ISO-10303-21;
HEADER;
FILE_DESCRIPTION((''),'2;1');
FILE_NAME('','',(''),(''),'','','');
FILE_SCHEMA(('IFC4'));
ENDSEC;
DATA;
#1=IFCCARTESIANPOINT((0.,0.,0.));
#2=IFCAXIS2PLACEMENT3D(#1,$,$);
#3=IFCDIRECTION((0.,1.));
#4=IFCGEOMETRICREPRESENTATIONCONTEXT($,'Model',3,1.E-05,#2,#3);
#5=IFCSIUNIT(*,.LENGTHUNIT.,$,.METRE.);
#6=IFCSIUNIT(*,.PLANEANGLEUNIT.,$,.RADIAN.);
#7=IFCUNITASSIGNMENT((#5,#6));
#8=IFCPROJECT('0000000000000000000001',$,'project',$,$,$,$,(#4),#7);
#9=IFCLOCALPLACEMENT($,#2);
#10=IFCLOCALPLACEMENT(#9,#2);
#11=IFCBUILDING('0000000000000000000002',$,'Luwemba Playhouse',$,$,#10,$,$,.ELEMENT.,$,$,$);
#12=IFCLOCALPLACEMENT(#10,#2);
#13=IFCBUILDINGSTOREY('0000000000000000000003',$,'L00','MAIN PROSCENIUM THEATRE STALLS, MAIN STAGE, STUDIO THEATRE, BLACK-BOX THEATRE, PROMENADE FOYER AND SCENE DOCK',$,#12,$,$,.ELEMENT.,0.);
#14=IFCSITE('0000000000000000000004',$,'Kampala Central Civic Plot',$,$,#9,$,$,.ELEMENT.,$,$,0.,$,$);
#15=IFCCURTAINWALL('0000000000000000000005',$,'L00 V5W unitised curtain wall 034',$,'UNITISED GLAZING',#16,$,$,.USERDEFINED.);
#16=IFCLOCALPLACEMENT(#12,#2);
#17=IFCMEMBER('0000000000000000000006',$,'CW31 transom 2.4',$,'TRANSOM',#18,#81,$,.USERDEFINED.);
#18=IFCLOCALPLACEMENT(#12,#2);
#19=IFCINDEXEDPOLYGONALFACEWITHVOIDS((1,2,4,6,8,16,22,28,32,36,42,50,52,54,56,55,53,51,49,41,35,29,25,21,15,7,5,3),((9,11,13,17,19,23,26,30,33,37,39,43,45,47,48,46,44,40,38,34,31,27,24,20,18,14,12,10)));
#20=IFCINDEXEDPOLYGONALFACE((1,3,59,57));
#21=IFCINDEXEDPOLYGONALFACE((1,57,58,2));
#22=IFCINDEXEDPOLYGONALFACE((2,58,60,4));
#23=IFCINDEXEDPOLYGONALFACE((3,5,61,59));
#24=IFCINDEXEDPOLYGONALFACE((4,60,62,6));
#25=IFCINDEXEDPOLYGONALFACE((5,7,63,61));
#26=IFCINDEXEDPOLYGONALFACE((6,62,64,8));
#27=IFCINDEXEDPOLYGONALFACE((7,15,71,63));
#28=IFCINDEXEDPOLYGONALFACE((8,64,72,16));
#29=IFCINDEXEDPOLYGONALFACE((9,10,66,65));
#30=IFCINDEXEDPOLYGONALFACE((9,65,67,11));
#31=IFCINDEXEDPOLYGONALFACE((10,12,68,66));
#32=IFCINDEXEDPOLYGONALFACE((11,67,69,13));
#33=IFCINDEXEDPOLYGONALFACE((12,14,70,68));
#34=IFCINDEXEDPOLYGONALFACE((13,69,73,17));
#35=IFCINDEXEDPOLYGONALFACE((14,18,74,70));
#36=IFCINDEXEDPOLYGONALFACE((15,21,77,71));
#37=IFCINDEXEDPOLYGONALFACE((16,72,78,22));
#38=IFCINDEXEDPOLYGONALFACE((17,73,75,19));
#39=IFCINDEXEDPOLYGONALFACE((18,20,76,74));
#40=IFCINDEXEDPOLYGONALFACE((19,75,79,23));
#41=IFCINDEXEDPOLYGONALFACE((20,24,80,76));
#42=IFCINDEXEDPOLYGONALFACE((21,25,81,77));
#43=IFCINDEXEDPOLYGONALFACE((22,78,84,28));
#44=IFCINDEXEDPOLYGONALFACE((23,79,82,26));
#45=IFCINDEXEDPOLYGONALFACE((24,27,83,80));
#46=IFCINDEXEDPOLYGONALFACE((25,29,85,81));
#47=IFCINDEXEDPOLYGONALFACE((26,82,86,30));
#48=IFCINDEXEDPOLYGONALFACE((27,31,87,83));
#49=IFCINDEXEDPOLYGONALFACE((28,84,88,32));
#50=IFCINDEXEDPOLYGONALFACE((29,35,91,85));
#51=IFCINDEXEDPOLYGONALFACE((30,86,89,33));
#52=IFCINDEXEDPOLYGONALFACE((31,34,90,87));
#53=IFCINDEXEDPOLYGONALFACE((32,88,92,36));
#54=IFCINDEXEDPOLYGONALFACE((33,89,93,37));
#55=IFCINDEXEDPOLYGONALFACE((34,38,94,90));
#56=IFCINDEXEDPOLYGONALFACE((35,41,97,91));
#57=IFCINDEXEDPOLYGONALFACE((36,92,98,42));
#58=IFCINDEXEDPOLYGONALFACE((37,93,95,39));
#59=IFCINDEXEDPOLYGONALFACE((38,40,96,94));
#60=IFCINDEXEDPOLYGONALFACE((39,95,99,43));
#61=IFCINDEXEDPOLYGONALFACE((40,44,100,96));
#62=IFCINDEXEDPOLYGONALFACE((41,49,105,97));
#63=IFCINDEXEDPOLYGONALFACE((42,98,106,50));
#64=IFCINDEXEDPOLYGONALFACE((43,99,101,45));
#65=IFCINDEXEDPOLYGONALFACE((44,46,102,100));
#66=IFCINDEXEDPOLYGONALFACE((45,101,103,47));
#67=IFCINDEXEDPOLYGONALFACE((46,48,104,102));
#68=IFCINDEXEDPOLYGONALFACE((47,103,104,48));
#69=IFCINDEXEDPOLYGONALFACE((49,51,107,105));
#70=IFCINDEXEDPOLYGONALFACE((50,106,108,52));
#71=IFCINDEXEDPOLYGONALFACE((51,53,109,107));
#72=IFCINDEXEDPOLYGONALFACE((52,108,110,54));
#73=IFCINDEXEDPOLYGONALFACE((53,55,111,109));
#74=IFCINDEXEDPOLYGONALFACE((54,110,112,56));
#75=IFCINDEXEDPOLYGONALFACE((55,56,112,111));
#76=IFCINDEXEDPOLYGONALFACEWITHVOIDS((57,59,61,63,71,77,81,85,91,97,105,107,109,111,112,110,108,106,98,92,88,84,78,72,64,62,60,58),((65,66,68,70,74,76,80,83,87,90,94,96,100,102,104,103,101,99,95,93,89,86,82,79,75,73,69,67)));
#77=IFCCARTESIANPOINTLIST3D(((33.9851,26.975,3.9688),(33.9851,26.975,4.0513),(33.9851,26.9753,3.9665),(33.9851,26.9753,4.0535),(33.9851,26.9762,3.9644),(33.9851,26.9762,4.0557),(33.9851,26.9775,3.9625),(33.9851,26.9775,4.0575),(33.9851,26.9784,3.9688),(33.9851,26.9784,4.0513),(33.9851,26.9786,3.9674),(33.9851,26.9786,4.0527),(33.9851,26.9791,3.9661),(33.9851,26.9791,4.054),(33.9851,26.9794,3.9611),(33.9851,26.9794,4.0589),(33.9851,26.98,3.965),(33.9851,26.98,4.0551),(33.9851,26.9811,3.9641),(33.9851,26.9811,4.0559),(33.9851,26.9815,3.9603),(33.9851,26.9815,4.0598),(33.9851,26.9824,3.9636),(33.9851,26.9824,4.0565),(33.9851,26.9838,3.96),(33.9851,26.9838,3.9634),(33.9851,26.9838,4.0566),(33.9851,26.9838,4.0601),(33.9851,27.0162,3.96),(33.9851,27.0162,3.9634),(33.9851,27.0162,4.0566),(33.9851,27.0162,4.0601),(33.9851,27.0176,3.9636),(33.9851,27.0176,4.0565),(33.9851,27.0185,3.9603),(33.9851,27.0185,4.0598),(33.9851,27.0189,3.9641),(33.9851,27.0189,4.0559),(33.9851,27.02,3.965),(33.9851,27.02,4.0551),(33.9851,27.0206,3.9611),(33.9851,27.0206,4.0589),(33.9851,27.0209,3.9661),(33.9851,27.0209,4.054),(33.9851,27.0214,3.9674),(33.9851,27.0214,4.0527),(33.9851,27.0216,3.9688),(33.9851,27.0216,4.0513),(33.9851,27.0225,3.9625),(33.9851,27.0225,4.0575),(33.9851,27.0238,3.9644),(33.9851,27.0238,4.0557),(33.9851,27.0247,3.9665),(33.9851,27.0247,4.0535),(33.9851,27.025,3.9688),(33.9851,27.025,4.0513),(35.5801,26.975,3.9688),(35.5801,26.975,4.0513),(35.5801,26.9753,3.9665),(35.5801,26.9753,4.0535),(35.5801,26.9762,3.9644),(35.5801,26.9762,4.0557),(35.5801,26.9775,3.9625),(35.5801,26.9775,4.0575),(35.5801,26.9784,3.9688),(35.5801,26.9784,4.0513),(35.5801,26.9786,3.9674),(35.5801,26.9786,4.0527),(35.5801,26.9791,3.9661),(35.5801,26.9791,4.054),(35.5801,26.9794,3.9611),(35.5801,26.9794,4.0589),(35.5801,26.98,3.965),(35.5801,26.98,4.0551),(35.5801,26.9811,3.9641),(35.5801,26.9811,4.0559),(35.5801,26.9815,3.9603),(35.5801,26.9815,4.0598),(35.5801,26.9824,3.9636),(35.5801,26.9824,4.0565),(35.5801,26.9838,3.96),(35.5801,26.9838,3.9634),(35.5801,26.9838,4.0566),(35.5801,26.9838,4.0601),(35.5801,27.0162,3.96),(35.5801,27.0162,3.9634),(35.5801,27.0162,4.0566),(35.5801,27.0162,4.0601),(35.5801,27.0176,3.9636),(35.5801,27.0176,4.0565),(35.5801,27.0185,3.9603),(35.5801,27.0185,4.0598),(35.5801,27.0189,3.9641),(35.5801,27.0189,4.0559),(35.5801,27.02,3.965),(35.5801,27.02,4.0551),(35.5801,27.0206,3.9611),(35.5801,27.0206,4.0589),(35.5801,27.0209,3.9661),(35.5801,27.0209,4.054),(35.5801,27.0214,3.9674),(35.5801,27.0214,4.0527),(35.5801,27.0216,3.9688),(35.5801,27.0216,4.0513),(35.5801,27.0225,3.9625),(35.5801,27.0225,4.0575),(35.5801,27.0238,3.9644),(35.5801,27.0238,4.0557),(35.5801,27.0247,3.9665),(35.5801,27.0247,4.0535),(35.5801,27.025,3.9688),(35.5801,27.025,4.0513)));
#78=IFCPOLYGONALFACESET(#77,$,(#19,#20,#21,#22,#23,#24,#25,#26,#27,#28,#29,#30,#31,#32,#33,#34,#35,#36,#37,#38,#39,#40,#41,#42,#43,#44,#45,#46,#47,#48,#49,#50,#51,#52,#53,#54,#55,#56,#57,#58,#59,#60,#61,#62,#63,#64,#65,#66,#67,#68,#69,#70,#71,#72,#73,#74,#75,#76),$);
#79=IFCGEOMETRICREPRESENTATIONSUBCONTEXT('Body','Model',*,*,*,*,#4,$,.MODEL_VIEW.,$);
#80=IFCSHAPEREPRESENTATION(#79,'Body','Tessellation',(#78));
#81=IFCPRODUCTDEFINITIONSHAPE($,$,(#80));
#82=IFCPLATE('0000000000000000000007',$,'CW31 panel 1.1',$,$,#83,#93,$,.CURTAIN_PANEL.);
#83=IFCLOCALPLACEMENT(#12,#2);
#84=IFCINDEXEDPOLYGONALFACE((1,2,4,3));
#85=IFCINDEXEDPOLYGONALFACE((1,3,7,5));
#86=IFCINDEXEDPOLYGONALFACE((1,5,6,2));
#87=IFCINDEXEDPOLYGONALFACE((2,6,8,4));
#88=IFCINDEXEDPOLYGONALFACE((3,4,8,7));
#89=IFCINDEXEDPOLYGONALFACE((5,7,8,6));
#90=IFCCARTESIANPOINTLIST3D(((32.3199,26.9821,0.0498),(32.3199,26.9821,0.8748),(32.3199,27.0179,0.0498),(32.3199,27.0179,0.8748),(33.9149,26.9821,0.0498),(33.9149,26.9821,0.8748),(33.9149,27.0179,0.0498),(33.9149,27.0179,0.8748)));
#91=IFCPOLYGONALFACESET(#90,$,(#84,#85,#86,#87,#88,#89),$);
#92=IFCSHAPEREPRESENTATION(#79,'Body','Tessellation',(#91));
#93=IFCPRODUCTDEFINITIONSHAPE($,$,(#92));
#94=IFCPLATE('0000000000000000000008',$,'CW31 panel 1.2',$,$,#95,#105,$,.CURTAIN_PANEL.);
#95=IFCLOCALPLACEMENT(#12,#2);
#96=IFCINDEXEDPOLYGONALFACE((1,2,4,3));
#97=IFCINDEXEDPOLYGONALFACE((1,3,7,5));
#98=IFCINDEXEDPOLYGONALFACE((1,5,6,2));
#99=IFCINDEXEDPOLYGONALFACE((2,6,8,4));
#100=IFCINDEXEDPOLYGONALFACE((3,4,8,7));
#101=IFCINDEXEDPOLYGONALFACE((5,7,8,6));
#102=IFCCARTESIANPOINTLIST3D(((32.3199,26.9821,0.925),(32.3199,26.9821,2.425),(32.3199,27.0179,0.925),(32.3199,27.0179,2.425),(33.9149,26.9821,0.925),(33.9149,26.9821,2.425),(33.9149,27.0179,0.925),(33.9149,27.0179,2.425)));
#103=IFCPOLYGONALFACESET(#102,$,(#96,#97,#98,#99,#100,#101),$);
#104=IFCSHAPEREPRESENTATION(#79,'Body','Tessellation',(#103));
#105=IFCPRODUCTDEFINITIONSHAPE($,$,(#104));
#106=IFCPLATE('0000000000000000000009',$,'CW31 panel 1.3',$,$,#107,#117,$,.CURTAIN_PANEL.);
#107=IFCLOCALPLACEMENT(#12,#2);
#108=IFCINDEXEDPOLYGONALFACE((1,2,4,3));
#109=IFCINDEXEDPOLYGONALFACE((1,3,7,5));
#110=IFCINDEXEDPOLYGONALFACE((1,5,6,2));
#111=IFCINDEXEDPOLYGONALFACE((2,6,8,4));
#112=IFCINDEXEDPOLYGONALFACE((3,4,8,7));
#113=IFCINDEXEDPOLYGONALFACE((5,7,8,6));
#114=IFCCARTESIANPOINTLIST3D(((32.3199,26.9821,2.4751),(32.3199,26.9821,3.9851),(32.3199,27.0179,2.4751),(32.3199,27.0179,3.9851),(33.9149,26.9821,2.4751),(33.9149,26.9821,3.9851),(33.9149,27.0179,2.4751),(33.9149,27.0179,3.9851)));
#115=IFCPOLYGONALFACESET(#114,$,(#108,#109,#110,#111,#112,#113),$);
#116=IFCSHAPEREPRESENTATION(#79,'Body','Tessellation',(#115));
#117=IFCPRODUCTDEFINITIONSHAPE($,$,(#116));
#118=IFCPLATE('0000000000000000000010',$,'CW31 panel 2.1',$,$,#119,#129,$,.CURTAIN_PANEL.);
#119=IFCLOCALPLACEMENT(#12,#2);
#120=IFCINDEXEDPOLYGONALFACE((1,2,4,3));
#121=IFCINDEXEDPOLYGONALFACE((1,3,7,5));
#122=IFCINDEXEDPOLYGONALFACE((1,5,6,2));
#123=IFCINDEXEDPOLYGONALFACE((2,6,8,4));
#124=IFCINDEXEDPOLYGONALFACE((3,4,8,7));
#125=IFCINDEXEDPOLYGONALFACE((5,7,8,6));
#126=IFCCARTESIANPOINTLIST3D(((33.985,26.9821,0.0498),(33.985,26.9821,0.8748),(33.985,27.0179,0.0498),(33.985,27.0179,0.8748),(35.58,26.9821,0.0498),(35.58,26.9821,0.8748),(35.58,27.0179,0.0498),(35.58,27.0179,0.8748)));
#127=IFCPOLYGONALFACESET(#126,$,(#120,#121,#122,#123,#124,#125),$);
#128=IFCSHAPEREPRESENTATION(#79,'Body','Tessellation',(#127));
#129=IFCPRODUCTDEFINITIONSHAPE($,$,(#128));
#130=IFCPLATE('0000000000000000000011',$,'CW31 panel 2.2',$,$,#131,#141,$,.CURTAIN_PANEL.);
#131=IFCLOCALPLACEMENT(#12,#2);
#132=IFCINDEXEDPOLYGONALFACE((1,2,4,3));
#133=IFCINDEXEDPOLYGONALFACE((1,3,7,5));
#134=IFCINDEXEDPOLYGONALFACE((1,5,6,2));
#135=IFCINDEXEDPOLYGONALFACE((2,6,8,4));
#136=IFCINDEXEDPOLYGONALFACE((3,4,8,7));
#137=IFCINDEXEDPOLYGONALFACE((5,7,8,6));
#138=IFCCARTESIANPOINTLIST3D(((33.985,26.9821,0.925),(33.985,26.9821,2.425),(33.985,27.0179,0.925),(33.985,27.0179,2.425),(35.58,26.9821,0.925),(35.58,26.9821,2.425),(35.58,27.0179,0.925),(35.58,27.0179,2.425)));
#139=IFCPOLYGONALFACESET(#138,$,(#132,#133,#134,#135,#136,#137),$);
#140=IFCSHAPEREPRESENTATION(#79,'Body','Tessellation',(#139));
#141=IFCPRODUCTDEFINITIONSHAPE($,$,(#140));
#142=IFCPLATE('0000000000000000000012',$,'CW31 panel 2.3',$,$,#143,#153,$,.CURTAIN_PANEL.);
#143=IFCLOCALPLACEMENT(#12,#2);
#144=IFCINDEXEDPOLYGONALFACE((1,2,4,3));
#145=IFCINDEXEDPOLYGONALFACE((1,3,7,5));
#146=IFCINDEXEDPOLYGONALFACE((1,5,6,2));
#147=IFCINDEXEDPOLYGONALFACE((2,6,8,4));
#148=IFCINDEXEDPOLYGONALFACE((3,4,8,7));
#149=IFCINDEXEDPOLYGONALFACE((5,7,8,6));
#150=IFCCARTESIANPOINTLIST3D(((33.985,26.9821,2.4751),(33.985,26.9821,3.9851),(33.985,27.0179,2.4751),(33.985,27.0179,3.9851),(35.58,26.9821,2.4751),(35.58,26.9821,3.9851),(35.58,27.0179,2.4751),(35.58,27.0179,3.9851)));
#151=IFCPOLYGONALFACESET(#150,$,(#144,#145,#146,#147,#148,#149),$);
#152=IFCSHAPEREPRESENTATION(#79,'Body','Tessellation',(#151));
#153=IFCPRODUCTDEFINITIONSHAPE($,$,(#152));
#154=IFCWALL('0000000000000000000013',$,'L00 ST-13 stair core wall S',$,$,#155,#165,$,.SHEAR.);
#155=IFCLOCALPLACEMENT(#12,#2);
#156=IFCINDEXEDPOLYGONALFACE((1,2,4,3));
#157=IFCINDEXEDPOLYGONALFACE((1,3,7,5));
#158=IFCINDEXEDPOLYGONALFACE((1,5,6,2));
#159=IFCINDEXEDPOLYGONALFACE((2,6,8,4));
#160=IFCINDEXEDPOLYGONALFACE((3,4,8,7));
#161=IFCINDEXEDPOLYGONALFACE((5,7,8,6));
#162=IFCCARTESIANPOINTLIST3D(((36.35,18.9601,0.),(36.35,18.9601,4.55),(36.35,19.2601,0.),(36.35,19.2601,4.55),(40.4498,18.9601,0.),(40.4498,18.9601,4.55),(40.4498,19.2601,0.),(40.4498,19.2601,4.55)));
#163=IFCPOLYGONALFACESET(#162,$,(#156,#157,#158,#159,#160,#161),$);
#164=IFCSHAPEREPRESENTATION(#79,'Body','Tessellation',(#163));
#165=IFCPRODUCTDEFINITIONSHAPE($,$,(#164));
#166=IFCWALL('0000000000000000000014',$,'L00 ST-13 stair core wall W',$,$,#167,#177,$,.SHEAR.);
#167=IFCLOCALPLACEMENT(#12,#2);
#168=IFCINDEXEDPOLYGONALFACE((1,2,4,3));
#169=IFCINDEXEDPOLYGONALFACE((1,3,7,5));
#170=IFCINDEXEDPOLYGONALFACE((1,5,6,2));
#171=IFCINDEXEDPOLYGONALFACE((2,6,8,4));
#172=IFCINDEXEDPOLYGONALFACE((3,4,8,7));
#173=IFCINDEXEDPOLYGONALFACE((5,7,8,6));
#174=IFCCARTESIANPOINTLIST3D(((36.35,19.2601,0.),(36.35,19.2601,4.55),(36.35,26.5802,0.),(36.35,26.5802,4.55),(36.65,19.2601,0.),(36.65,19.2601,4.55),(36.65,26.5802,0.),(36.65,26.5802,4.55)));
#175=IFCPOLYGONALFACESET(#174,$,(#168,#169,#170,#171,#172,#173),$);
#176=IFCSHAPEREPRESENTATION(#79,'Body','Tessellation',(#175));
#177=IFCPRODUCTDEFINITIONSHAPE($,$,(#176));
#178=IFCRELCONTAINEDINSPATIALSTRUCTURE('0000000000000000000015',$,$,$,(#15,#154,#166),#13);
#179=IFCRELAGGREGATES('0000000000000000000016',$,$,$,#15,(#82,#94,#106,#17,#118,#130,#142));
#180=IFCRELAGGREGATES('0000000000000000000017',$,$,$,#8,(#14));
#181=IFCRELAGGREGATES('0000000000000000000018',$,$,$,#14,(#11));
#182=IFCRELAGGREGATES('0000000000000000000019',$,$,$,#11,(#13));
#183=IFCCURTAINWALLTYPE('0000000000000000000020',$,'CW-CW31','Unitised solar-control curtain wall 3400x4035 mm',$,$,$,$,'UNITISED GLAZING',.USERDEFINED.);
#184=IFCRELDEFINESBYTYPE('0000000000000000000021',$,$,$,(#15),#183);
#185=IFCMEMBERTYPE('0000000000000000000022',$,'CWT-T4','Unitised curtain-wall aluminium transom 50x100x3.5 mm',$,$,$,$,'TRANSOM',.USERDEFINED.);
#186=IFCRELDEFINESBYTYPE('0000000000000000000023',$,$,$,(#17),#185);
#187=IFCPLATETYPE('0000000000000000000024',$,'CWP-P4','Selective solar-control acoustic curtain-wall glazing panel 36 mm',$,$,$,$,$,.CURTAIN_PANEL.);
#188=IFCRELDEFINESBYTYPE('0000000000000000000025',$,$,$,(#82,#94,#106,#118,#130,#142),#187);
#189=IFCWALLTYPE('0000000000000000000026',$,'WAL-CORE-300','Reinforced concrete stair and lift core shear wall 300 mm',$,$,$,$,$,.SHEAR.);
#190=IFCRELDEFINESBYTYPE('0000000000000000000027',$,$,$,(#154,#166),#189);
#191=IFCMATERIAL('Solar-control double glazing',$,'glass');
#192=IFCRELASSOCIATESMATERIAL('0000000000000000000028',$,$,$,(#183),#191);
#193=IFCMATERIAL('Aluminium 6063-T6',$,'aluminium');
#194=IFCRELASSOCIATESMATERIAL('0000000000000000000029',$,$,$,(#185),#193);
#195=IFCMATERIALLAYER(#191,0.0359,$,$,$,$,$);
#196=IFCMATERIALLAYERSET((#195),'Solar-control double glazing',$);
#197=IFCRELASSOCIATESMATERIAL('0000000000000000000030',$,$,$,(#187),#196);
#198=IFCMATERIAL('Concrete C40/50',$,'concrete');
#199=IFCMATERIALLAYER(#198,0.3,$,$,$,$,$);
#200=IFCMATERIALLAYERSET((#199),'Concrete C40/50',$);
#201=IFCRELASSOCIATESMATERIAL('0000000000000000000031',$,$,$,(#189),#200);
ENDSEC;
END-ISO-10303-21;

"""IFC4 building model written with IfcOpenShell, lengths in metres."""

from ifc_helpers import new_model, si_unit, direction, frame, frame_2d, origin, origin_2d, place, context, subcontext, project, spatial, rectangle, hollow_rectangle, extrude, material, layer, layer_set, material_profile, profile_set, type_object, element, aggregate, save


model = new_model("IFC4")

# Units and contexts
model_context = context("Model", 3, precision=1e-05, world=origin(), true_north=direction((0.0, 1.0)))
body_context = subcontext(model_context, "Body", "Model", "MODEL_VIEW")
ifc_project = project(units=[si_unit("LENGTHUNIT", "METRE"), si_unit("PLANEANGLEUNIT", "RADIAN")], contexts=[model_context])

# Site, building, storey
site_placement = place(None, origin())
site = spatial("IfcSite", under=ifc_project, at=site_placement, Name="Kampala Central Civic Plot", CompositionType="ELEMENT", RefElevation=0.0)
building_placement = place(site_placement, origin())
building = spatial("IfcBuilding", under=site, at=building_placement, Name="Luwemba Playhouse", CompositionType="ELEMENT")
storey_placement = place(building_placement, origin())
storey = spatial("IfcBuildingStorey", under=building, at=storey_placement, Name="L00", Description="MAIN PROSCENIUM THEATRE STALLS, MAIN STAGE, STUDIO THEATRE, BLACK-BOX THEATRE, PROMENADE FOYER AND SCENE DOCK", CompositionType="ELEMENT", Elevation=0.0)

# Shared definitions
ifc_material_1 = material(Name="Concrete C40/50", Category="concrete")

# Curtain wall, member, plates
ifc_material_2 = material(Name="Solar-control double glazing", Category="glass")
curtain_wall_type = type_object("IfcCurtainWallType", Name="CW-CW31", Description="Unitised solar-control curtain wall 3400x4035 mm", ElementType="UNITISED GLAZING", PredefinedType="USERDEFINED", material=ifc_material_2)
curtain_wall_placement = place(storey_placement, origin())
curtain_wall = element("IfcCurtainWall", 1, at=curtain_wall_placement, inside=storey, type_object=curtain_wall_type, Name="L00 V5W unitised curtain wall 034", ObjectType="UNITISED GLAZING", PredefinedType="USERDEFINED")
ifc_material_3 = material(Name="Aluminium 6063-T6", Category="aluminium")
ifc_material_profile_1 = material_profile(ifc_material_3, hollow_rectangle(XDim=0.05, YDim=0.1001, WallThickness=0.0034, InnerFilletRadius=0.0054, OuterFilletRadius=0.0088, at=origin_2d()))
ifc_profile_set_1 = profile_set([ifc_material_profile_1], Name="Aluminium 6063-T6")
member_type_1 = type_object("IfcMemberType", Name="CWT-T4", Description="Unitised curtain-wall aluminium transom 50x100x3.5 mm", ElementType="TRANSOM", PredefinedType="USERDEFINED", material=ifc_profile_set_1)
member_1_placement = place(storey_placement, frame((33.9851, 27.0, 4.01), z_axis=(1.0, 0.0, 0.0), x_axis=(0.0, 1.0, 0.0)))
member_1 = element("IfcMember", 2, at=member_1_placement, type_object=member_type_1, Name="CW31 transom 2.4", ObjectType="TRANSOM", PredefinedType="USERDEFINED", context=body_context, shape_type="SweptSolid", body=[
    extrude(hollow_rectangle(XDim=0.05, YDim=0.1001, WallThickness=0.0034, InnerFilletRadius=0.0054, OuterFilletRadius=0.0088, at=origin_2d()), origin(), (0.0, 0.0, 1.0), 1.595),
])
ifc_layer_1 = layer(ifc_material_2, 0.0359)
ifc_layer_set_1 = layer_set([ifc_layer_1], Name="Solar-control double glazing")
plate_type = type_object("IfcPlateType", Name="CWP-P4", Description="Selective solar-control acoustic curtain-wall glazing panel 36 mm", PredefinedType="CURTAIN_PANEL", material=ifc_layer_set_1)
plate_1_placement = place(storey_placement, frame((33.1174, 27.0, 0.0498), z_axis=(0.0, 0.0, 1.0), x_axis=(1.0, 0.0, 0.0)))
plate_1 = element("IfcPlate", 3, at=plate_1_placement, type_object=plate_type, Name="CW31 panel 1.1", PredefinedType="CURTAIN_PANEL", context=body_context, shape_type="SweptSolid", body=[
    extrude(rectangle(XDim=1.595, YDim=0.0359, at=origin_2d()), origin(), (0.0, 0.0, 1.0), 0.825),
])
plate_2_placement = place(storey_placement, frame((33.1174, 27.0, 0.925), z_axis=(0.0, 0.0, 1.0), x_axis=(1.0, 0.0, 0.0)))
plate_2 = element("IfcPlate", 4, at=plate_2_placement, type_object=plate_type, Name="CW31 panel 1.2", PredefinedType="CURTAIN_PANEL", context=body_context, shape_type="SweptSolid", body=[
    extrude(rectangle(XDim=1.595, YDim=0.0359, at=origin_2d()), origin(), (0.0, 0.0, 1.0), 1.5),
])
plate_3_placement = place(storey_placement, frame((33.1174, 27.0, 2.4751), z_axis=(0.0, 0.0, 1.0), x_axis=(1.0, 0.0, 0.0)))
plate_3 = element("IfcPlate", 5, at=plate_3_placement, type_object=plate_type, Name="CW31 panel 1.3", PredefinedType="CURTAIN_PANEL", context=body_context, shape_type="SweptSolid", body=[
    extrude(rectangle(XDim=1.595, YDim=0.0359, at=origin_2d()), origin(), (0.0, 0.0, 1.0), 1.51),
])
plate_4_placement = place(storey_placement, frame((34.7825, 27.0, 0.0498), z_axis=(0.0, 0.0, 1.0), x_axis=(1.0, 0.0, 0.0)))
plate_4 = element("IfcPlate", 6, at=plate_4_placement, type_object=plate_type, Name="CW31 panel 2.1", PredefinedType="CURTAIN_PANEL", context=body_context, shape_type="SweptSolid", body=[
    extrude(rectangle(XDim=1.595, YDim=0.0359, at=origin_2d()), origin(), (0.0, 0.0, 1.0), 0.825),
])
plate_5_placement = place(storey_placement, frame((34.7825, 27.0, 0.925), z_axis=(0.0, 0.0, 1.0), x_axis=(1.0, 0.0, 0.0)))
plate_5 = element("IfcPlate", 7, at=plate_5_placement, type_object=plate_type, Name="CW31 panel 2.2", PredefinedType="CURTAIN_PANEL", context=body_context, shape_type="SweptSolid", body=[
    extrude(rectangle(XDim=1.595, YDim=0.0359, at=origin_2d()), origin(), (0.0, 0.0, 1.0), 1.5),
])
plate_6_placement = place(storey_placement, frame((34.7825, 27.0, 2.4751), z_axis=(0.0, 0.0, 1.0), x_axis=(1.0, 0.0, 0.0)))
plate_6 = element("IfcPlate", 8, at=plate_6_placement, type_object=plate_type, Name="CW31 panel 2.3", PredefinedType="CURTAIN_PANEL", context=body_context, shape_type="SweptSolid", body=[
    extrude(rectangle(XDim=1.595, YDim=0.0359, at=origin_2d()), origin(), (0.0, 0.0, 1.0), 1.51),
])
aggregate(curtain_wall, [plate_1, plate_2, plate_3, member_1, plate_4, plate_5, plate_6])

# Walls
ifc_layer_2 = layer(ifc_material_1, 0.3)
ifc_layer_set_2 = layer_set([ifc_layer_2], Name="Concrete C40/50")
wall_type = type_object("IfcWallType", Name="WAL-CORE-300", Description="Reinforced concrete stair and lift core shear wall 300 mm", PredefinedType="SHEAR", material=ifc_layer_set_2)
wall_1_placement = place(storey_placement, frame((36.3501, 19.1101, 0.0), z_axis=(0.0, 0.0, 1.0), x_axis=(1.0, 0.0, 0.0)))
element("IfcWall", 9, at=wall_1_placement, inside=storey, type_object=wall_type, Name="L00 ST-13 stair core wall S", PredefinedType="SHEAR", context=body_context, shape_type="SweptSolid", body=[
    extrude(rectangle(XDim=4.0999, YDim=0.3, at=frame_2d((2.0498, 0.0))), origin(), (0.0, 0.0, 1.0), 4.55),
])
wall_2_placement = place(storey_placement, frame((36.5, 19.26, 0.0), z_axis=(0.0, 0.0, 1.0), x_axis=(0.0, 1.0, 0.0)))
element("IfcWall", 10, at=wall_2_placement, inside=storey, type_object=wall_type, Name="L00 ST-13 stair core wall W", PredefinedType="SHEAR", context=body_context, shape_type="SweptSolid", body=[
    extrude(rectangle(XDim=7.3201, YDim=0.3, at=frame_2d((3.6602, 0.0))), origin(), (0.0, 0.0, 1.0), 4.55),
])

save(model, "model.ifc")
